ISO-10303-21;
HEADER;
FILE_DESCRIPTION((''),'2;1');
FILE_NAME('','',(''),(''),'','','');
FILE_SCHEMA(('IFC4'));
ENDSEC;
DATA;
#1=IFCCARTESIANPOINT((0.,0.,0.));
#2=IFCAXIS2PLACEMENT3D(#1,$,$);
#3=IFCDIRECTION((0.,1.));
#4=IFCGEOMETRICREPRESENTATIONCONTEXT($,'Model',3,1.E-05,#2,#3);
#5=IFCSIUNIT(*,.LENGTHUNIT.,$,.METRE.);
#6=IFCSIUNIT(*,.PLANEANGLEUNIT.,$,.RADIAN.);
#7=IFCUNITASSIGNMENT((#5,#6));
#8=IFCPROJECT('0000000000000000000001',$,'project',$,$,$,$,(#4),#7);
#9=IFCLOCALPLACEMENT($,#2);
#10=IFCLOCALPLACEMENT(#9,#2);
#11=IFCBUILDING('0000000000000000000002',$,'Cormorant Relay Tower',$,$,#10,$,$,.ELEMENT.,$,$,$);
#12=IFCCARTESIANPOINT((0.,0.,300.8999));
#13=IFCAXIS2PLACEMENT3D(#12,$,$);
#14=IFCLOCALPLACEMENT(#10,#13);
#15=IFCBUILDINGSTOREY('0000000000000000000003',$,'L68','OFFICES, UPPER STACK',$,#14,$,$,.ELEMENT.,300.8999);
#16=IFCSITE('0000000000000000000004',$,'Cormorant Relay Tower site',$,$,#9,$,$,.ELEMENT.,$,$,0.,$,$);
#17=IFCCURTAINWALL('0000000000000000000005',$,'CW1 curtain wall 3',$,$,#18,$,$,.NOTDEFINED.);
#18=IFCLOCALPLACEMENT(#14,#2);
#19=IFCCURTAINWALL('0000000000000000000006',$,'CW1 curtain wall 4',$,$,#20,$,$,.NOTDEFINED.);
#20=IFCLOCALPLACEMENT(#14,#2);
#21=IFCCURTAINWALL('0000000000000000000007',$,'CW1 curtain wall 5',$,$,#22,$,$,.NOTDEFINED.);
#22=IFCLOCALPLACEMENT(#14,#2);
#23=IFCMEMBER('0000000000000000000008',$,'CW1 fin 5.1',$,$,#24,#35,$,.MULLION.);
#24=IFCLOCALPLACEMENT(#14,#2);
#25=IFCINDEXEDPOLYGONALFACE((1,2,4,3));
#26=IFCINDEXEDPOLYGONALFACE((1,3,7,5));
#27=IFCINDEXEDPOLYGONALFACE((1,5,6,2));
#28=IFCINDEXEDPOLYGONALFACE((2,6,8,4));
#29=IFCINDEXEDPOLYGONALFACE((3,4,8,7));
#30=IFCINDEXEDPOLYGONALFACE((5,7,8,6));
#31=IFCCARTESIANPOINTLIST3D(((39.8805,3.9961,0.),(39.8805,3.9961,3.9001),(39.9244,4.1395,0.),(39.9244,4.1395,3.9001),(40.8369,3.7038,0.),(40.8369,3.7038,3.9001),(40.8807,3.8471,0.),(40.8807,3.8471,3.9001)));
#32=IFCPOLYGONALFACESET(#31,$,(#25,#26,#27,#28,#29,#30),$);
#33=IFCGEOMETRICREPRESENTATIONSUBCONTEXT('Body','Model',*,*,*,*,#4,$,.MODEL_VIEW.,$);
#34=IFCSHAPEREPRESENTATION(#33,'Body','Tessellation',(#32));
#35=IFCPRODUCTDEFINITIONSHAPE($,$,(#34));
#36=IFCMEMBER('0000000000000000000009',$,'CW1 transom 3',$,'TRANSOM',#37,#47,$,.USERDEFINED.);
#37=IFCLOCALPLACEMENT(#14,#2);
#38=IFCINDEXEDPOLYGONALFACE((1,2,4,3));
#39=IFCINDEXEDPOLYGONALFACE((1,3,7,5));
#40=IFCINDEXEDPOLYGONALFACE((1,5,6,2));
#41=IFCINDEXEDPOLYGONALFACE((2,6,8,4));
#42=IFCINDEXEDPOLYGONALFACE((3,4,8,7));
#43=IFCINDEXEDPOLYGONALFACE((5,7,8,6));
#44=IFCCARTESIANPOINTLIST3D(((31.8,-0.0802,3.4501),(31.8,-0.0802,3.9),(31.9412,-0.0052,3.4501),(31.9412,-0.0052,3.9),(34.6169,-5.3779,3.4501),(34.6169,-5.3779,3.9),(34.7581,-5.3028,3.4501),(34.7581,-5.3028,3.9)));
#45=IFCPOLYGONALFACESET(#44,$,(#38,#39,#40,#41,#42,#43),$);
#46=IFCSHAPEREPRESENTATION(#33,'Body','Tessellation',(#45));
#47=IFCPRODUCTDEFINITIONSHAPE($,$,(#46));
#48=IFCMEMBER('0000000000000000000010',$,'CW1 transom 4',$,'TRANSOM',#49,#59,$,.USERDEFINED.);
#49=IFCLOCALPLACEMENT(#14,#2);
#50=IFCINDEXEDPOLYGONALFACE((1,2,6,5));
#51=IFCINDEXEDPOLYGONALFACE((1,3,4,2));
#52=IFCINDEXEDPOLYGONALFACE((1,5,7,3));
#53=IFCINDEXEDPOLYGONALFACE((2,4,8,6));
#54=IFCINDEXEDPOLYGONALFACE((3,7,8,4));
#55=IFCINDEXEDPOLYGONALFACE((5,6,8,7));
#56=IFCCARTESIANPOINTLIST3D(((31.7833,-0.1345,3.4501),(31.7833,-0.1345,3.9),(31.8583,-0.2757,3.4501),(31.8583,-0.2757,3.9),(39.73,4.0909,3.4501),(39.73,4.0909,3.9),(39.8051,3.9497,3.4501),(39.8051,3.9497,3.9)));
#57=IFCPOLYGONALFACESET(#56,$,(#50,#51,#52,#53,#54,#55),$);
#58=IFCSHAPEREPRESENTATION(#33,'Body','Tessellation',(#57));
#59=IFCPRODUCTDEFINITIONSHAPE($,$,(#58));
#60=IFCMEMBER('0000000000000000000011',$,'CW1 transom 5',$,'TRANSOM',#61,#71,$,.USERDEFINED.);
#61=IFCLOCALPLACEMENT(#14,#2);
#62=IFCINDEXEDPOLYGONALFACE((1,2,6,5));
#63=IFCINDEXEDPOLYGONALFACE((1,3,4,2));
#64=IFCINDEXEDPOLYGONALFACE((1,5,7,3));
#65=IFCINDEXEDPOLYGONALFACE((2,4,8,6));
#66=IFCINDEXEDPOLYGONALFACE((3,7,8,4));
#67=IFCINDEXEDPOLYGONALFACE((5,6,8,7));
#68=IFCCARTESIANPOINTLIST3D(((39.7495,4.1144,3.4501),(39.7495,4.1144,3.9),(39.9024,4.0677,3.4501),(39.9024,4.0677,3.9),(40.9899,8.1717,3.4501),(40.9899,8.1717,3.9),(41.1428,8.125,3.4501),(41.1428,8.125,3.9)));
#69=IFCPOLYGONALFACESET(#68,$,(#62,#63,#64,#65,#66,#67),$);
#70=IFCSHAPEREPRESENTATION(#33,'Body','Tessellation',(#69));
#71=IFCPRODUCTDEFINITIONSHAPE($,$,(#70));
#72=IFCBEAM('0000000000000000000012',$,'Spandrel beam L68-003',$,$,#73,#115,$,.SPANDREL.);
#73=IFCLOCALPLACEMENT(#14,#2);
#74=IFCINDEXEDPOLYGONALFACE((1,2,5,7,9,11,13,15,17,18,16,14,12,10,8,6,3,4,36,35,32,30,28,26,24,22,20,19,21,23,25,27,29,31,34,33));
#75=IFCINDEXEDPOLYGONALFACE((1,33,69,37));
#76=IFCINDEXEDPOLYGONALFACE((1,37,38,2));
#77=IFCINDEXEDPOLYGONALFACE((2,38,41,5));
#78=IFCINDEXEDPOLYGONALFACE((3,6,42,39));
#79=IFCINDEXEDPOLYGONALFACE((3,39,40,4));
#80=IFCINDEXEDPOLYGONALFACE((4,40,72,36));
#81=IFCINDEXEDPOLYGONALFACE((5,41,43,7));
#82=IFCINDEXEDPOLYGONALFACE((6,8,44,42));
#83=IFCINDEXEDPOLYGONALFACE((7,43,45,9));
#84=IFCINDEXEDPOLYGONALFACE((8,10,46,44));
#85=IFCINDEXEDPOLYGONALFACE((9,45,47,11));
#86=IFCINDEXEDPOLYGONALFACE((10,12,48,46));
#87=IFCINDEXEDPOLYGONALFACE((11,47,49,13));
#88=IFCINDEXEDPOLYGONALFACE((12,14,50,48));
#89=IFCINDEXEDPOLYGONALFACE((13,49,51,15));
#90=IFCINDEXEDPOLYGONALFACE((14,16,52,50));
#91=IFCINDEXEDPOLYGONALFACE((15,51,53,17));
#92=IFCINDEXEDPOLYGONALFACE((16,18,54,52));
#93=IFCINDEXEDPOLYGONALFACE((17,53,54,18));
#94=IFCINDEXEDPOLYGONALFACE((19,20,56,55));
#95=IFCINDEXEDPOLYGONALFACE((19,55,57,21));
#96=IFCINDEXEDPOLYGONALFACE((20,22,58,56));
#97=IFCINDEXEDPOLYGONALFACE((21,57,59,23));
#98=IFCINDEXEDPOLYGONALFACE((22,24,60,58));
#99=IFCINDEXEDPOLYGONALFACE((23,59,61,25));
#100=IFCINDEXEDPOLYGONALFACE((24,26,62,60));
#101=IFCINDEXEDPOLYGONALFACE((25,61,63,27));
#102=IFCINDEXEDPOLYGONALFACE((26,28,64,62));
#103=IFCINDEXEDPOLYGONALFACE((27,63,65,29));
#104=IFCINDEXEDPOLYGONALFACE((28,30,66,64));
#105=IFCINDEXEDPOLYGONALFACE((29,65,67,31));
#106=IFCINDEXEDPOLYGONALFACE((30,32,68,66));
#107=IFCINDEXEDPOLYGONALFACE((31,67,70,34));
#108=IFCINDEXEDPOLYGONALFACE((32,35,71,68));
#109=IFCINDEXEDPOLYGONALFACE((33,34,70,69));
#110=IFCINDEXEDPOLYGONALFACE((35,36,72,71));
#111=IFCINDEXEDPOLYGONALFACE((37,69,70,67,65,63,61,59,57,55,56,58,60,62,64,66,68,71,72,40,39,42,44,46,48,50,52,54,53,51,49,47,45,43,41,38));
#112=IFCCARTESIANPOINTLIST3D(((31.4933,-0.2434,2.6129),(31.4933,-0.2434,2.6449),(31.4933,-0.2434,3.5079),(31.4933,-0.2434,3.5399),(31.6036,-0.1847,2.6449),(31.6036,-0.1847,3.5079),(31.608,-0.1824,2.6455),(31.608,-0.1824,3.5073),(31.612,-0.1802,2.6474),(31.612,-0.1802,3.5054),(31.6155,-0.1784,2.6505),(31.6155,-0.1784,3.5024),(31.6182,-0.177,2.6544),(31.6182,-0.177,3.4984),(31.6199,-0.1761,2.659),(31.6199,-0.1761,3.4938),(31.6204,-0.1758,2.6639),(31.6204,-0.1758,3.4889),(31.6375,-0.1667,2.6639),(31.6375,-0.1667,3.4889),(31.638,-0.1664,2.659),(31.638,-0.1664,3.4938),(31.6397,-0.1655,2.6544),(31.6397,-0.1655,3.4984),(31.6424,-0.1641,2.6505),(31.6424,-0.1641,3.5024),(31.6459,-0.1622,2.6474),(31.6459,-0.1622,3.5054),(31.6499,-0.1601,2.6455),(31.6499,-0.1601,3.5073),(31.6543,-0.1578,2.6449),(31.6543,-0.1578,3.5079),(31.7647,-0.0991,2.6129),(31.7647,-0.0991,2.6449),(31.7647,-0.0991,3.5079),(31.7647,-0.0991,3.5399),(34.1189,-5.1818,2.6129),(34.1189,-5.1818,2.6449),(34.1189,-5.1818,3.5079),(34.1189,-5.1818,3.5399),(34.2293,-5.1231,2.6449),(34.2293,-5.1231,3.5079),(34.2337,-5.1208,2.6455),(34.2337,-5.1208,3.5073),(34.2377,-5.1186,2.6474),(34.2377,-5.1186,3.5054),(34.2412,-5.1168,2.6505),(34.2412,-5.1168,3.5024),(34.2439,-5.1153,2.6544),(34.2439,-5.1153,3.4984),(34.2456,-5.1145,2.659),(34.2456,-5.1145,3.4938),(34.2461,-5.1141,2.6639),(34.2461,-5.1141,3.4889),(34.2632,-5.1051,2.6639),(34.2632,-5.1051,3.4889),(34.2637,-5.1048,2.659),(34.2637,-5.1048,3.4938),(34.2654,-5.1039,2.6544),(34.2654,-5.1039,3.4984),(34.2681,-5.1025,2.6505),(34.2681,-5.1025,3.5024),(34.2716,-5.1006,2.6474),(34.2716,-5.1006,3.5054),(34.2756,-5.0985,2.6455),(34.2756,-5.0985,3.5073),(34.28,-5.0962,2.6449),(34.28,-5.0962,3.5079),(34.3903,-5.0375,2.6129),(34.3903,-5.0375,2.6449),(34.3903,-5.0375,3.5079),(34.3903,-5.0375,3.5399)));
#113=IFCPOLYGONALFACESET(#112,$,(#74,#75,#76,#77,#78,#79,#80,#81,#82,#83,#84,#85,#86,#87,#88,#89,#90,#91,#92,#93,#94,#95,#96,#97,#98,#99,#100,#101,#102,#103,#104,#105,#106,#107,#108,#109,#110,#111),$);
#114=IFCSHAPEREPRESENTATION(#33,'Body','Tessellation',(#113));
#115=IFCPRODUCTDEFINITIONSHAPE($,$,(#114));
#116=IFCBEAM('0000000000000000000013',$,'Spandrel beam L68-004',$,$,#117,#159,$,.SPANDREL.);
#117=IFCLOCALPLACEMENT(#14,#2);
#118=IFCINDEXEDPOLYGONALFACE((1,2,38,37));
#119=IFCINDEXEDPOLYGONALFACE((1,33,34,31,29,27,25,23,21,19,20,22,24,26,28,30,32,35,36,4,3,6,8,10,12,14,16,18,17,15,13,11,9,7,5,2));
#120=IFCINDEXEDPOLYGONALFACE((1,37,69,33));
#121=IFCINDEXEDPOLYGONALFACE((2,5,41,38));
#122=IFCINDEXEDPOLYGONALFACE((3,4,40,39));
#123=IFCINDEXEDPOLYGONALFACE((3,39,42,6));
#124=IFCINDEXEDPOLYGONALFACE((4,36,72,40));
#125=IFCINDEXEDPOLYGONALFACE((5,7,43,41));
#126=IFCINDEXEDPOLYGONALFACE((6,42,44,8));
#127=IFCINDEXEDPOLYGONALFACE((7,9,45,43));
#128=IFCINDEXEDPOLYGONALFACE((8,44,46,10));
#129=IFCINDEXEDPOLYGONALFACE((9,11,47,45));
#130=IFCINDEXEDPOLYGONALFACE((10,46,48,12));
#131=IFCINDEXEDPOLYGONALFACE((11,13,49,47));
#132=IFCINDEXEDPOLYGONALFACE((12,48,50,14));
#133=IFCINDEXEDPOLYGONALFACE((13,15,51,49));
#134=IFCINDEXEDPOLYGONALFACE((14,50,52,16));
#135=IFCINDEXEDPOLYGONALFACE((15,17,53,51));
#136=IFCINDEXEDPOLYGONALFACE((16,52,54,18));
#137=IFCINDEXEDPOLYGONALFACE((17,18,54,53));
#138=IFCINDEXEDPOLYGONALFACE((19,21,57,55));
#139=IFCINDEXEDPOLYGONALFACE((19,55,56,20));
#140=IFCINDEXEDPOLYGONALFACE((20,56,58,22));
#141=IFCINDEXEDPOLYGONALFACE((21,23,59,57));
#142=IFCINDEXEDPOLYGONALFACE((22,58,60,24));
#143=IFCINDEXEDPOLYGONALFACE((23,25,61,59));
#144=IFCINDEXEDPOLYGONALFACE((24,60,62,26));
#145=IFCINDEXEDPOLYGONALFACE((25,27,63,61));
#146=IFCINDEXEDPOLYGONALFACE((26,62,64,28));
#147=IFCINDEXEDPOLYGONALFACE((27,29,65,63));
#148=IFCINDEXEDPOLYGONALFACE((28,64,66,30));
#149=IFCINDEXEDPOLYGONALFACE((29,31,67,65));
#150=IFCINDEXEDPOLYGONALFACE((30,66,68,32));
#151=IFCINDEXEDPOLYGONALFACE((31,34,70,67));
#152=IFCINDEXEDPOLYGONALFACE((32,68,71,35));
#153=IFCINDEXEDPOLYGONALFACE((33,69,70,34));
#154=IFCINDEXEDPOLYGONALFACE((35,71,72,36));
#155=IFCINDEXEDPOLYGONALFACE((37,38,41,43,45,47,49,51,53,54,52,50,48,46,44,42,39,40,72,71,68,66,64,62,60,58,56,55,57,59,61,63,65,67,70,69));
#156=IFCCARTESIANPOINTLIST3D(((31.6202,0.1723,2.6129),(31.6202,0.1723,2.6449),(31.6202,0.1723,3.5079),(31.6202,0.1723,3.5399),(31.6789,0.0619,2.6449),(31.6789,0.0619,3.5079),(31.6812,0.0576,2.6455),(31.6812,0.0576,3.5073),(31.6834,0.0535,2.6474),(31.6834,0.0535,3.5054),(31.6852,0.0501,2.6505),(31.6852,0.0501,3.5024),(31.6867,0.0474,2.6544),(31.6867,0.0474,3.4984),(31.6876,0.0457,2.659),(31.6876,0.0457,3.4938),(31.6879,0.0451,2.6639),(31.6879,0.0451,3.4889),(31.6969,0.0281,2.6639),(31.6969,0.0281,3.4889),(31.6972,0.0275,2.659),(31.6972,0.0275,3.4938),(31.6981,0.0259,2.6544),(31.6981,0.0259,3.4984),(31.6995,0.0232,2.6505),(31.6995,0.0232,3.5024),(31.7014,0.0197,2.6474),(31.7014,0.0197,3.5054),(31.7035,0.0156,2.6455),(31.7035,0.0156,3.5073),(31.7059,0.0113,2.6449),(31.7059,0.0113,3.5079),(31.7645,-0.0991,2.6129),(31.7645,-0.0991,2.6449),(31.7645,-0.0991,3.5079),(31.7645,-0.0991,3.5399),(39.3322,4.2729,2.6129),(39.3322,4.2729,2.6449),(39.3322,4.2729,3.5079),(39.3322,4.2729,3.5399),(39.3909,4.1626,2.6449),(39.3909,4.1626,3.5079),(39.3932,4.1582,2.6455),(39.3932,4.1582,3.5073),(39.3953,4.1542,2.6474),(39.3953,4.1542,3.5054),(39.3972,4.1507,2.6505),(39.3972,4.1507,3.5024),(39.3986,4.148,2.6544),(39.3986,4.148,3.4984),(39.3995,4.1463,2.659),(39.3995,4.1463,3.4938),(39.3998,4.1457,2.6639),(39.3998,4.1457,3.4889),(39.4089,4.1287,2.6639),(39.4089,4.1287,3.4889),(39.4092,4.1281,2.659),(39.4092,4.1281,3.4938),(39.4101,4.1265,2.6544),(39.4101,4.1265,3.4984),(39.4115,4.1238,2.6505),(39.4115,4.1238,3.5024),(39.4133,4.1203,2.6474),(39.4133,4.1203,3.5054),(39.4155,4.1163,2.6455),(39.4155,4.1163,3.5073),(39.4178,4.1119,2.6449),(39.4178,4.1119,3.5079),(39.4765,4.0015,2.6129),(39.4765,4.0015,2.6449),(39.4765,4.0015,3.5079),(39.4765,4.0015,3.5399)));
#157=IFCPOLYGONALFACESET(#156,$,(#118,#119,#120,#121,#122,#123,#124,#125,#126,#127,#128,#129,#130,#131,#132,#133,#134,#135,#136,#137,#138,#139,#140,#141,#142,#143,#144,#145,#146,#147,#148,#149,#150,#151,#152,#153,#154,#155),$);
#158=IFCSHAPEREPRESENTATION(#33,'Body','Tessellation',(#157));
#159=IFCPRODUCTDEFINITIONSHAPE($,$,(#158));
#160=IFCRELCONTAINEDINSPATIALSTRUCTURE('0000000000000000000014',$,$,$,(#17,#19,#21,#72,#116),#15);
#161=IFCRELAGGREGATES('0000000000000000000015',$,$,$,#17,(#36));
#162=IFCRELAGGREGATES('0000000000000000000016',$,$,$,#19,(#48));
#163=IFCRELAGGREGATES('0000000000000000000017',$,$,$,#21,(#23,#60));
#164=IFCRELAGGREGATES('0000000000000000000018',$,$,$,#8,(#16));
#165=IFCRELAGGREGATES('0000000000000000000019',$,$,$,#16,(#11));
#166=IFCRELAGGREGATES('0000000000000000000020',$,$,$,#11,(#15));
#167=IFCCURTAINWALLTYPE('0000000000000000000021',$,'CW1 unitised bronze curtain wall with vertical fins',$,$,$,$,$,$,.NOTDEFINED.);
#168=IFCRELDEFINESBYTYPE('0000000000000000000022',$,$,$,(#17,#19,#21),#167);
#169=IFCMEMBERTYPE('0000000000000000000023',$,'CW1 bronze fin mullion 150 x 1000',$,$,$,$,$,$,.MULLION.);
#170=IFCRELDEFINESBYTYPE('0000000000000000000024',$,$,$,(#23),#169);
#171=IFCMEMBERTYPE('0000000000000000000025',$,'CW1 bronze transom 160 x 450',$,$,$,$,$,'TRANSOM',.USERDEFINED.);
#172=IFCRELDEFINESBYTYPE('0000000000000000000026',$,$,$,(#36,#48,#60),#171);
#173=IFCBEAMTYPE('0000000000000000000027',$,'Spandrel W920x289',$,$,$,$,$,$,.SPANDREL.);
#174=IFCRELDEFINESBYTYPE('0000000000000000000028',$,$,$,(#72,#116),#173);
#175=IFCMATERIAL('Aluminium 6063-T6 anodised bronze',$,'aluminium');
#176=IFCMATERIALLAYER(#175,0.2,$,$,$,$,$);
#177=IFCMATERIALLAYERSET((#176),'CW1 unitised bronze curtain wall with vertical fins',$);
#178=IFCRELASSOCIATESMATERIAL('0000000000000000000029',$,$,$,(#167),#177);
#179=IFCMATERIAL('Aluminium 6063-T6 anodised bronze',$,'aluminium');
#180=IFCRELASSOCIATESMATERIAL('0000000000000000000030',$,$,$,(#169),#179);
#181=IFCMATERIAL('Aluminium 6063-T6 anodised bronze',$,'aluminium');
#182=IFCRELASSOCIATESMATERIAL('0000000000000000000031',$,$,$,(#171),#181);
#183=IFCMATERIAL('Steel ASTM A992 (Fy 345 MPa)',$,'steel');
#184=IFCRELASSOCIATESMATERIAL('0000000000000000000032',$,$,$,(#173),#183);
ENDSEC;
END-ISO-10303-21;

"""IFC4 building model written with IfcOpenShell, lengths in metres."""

from ifc_helpers import new_model, si_unit, direction, frame, origin, origin_2d, place, context, subcontext, project, spatial, rectangle, i_section, extrude, material, layer, layer_set, material_profile, profile_set, type_object, element, aggregate, save


model = new_model("IFC4")

# Units and contexts
model_context = context("Model", 3, precision=1e-05, world=origin(), true_north=direction((0.0, 1.0)))
body_context = subcontext(model_context, "Body", "Model", "MODEL_VIEW")
ifc_project = project(units=[si_unit("LENGTHUNIT", "METRE"), si_unit("PLANEANGLEUNIT", "RADIAN")], contexts=[model_context])

# Site, building, storey
site_placement = place(None, origin())
site = spatial("IfcSite", under=ifc_project, at=site_placement, Name="Cormorant Relay Tower site", CompositionType="ELEMENT", RefElevation=0.0)
building_placement = place(site_placement, origin())
building = spatial("IfcBuilding", under=site, at=building_placement, Name="Cormorant Relay Tower", CompositionType="ELEMENT")
storey_placement = place(building_placement, frame((0.0, 0.0, 300.8999)))
storey = spatial("IfcBuildingStorey", under=building, at=storey_placement, Name="L68", Description="OFFICES, UPPER STACK", CompositionType="ELEMENT", Elevation=300.8999)

# Curtain wall
ifc_material_1 = material(Name="Aluminium 6063-T6 anodised bronze", Category="aluminium")
ifc_layer_1 = layer(ifc_material_1, 0.2)
ifc_layer_set_1 = layer_set([ifc_layer_1], Name="CW1 unitised bronze curtain wall with vertical fins")
curtain_wall_type = type_object("IfcCurtainWallType", Name="CW1 unitised bronze curtain wall with vertical fins", PredefinedType="NOTDEFINED", material=ifc_layer_set_1)
ifc_material_2 = material(Name="Aluminium 6063-T6 anodised bronze", Category="aluminium")
ifc_material_profile_1 = material_profile(ifc_material_2, rectangle(XDim=0.1499, YDim=1.0, at=origin_2d()), Name="AL 150x1000")
ifc_profile_set_1 = profile_set([ifc_material_profile_1], Name="Aluminium 6063-T6 anodised bronze")
member_type_1 = type_object("IfcMemberType", Name="CW1 bronze fin mullion 150 x 1000", PredefinedType="MULLION", material=ifc_profile_set_1)
curtain_wall_1_placement = place(storey_placement, origin())
curtain_wall_1 = element("IfcCurtainWall", 1, at=curtain_wall_1_placement, inside=storey, type_object=curtain_wall_type, Name="CW1 curtain wall 3", PredefinedType="NOTDEFINED")

# Curtain wall
curtain_wall_2_placement = place(storey_placement, origin())
curtain_wall_2 = element("IfcCurtainWall", 2, at=curtain_wall_2_placement, inside=storey, type_object=curtain_wall_type, Name="CW1 curtain wall 4", PredefinedType="NOTDEFINED")

# Curtain wall, member
curtain_wall_3_placement = place(storey_placement, origin())
curtain_wall_3 = element("IfcCurtainWall", 3, at=curtain_wall_3_placement, inside=storey, type_object=curtain_wall_type, Name="CW1 curtain wall 5", PredefinedType="NOTDEFINED")
member_1_placement = place(storey_placement, frame((40.3806, 3.9216, 0.0), z_axis=(0.0, 0.0, 1.0), x_axis=(0.292372, 0.956305, 0.0)))
member_1 = element("IfcMember", 4, at=member_1_placement, type_object=member_type_1, Name="CW1 fin 5.1", PredefinedType="MULLION", context=body_context, shape_type="SweptSolid", body=[
    extrude(rectangle(XDim=0.1499, YDim=1.0, at=origin_2d()), origin(), (0.0, 0.0, 1.0), 3.9001),
])

# Members
ifc_material_3 = material(Name="Aluminium 6063-T6 anodised bronze", Category="aluminium")
ifc_material_profile_2 = material_profile(ifc_material_3, rectangle(XDim=0.1599, YDim=0.45, at=origin_2d()), Name="AL 160x450")
ifc_profile_set_2 = profile_set([ifc_material_profile_2], Name="Aluminium 6063-T6 anodised bronze")
member_type_2 = type_object("IfcMemberType", Name="CW1 bronze transom 160 x 450", ElementType="TRANSOM", PredefinedType="USERDEFINED", material=ifc_profile_set_2)
member_2_placement = place(storey_placement, frame((34.6875, -5.3403, 3.675), z_axis=(-0.469485, 0.88294, 0.0), x_axis=(-0.88294, -0.469485, 0.0)))
member_2 = element("IfcMember", 5, at=member_2_placement, type_object=member_type_2, Name="CW1 transom 3", ObjectType="TRANSOM", PredefinedType="USERDEFINED", context=body_context, shape_type="SweptSolid", body=[
    extrude(rectangle(XDim=0.1599, YDim=0.45, at=origin_2d()), origin(), (0.0, 0.0, 1.0), 6.0),
])
member_3_placement = place(storey_placement, frame((31.8208, -0.2051, 3.675), z_axis=(0.882949, 0.469469, 0.0), x_axis=(-0.469469, 0.882949, 0.0)))
member_3 = element("IfcMember", 6, at=member_3_placement, type_object=member_type_2, Name="CW1 transom 4", ObjectType="TRANSOM", PredefinedType="USERDEFINED", context=body_context, shape_type="SweptSolid", body=[
    extrude(rectangle(XDim=0.1599, YDim=0.45, at=origin_2d()), origin(), (0.0, 0.0, 1.0), 9.0002),
])
member_4_placement = place(storey_placement, frame((39.8259, 4.0911, 3.675), z_axis=(0.292375, 0.956304, 0.0), x_axis=(-0.956304, 0.292375, 0.0)))
member_4 = element("IfcMember", 7, at=member_4_placement, type_object=member_type_2, Name="CW1 transom 5", ObjectType="TRANSOM", PredefinedType="USERDEFINED", context=body_context, shape_type="SweptSolid", body=[
    extrude(rectangle(XDim=0.1599, YDim=0.45, at=origin_2d()), origin(), (0.0, 0.0, 1.0), 4.2427),
])

# Beams
ifc_material_4 = material(Name="Steel ASTM A992 (Fy 345 MPa)", Category="steel")
ifc_material_profile_3 = material_profile(ifc_material_4, i_section(OverallWidth=0.3074, OverallDepth=0.927, WebThickness=0.0193, FlangeThickness=0.032, FilletRadius=0.019, at=origin_2d()), Name="W920x289")
ifc_profile_set_3 = profile_set([ifc_material_profile_3], Name="Steel ASTM A992 (Fy 345 MPa)")
beam_type = type_object("IfcBeamType", Name="Spandrel W920x289", PredefinedType="SPANDREL", material=ifc_profile_set_3)
beam_1_placement = place(storey_placement, frame((34.2546, -5.1096, 3.0764), z_axis=(-0.469457, 0.882955, 0.0), x_axis=(-0.882955, -0.469457, 0.0)))
element("IfcBeam", 8, at=beam_1_placement, inside=storey, type_object=beam_type, Name="Spandrel beam L68-003", PredefinedType="SPANDREL", context=body_context, shape_type="SweptSolid", body=[
    extrude(i_section(OverallWidth=0.3074, OverallDepth=0.927, WebThickness=0.0193, FlangeThickness=0.032, FilletRadius=0.019, at=origin_2d()), origin(), (0.0, 0.0, 1.0), 5.593),
])
beam_2_placement = place(storey_placement, frame((31.6924, 0.0366, 3.0764), z_axis=(0.882943, 0.469479, 0.0), x_axis=(-0.469479, 0.882943, 0.0)))
element("IfcBeam", 9, at=beam_2_placement, inside=storey, type_object=beam_type, Name="Spandrel beam L68-004", PredefinedType="SPANDREL", context=body_context, shape_type="SweptSolid", body=[
    extrude(i_section(OverallWidth=0.3074, OverallDepth=0.927, WebThickness=0.0193, FlangeThickness=0.032, FilletRadius=0.019, at=origin_2d()), origin(), (0.0, 0.0, 1.0), 8.7344),
])

aggregate(curtain_wall_1, [member_2])
aggregate(curtain_wall_2, [member_3])
aggregate(curtain_wall_3, [member_1, member_4])

save(model, "model.ifc")
